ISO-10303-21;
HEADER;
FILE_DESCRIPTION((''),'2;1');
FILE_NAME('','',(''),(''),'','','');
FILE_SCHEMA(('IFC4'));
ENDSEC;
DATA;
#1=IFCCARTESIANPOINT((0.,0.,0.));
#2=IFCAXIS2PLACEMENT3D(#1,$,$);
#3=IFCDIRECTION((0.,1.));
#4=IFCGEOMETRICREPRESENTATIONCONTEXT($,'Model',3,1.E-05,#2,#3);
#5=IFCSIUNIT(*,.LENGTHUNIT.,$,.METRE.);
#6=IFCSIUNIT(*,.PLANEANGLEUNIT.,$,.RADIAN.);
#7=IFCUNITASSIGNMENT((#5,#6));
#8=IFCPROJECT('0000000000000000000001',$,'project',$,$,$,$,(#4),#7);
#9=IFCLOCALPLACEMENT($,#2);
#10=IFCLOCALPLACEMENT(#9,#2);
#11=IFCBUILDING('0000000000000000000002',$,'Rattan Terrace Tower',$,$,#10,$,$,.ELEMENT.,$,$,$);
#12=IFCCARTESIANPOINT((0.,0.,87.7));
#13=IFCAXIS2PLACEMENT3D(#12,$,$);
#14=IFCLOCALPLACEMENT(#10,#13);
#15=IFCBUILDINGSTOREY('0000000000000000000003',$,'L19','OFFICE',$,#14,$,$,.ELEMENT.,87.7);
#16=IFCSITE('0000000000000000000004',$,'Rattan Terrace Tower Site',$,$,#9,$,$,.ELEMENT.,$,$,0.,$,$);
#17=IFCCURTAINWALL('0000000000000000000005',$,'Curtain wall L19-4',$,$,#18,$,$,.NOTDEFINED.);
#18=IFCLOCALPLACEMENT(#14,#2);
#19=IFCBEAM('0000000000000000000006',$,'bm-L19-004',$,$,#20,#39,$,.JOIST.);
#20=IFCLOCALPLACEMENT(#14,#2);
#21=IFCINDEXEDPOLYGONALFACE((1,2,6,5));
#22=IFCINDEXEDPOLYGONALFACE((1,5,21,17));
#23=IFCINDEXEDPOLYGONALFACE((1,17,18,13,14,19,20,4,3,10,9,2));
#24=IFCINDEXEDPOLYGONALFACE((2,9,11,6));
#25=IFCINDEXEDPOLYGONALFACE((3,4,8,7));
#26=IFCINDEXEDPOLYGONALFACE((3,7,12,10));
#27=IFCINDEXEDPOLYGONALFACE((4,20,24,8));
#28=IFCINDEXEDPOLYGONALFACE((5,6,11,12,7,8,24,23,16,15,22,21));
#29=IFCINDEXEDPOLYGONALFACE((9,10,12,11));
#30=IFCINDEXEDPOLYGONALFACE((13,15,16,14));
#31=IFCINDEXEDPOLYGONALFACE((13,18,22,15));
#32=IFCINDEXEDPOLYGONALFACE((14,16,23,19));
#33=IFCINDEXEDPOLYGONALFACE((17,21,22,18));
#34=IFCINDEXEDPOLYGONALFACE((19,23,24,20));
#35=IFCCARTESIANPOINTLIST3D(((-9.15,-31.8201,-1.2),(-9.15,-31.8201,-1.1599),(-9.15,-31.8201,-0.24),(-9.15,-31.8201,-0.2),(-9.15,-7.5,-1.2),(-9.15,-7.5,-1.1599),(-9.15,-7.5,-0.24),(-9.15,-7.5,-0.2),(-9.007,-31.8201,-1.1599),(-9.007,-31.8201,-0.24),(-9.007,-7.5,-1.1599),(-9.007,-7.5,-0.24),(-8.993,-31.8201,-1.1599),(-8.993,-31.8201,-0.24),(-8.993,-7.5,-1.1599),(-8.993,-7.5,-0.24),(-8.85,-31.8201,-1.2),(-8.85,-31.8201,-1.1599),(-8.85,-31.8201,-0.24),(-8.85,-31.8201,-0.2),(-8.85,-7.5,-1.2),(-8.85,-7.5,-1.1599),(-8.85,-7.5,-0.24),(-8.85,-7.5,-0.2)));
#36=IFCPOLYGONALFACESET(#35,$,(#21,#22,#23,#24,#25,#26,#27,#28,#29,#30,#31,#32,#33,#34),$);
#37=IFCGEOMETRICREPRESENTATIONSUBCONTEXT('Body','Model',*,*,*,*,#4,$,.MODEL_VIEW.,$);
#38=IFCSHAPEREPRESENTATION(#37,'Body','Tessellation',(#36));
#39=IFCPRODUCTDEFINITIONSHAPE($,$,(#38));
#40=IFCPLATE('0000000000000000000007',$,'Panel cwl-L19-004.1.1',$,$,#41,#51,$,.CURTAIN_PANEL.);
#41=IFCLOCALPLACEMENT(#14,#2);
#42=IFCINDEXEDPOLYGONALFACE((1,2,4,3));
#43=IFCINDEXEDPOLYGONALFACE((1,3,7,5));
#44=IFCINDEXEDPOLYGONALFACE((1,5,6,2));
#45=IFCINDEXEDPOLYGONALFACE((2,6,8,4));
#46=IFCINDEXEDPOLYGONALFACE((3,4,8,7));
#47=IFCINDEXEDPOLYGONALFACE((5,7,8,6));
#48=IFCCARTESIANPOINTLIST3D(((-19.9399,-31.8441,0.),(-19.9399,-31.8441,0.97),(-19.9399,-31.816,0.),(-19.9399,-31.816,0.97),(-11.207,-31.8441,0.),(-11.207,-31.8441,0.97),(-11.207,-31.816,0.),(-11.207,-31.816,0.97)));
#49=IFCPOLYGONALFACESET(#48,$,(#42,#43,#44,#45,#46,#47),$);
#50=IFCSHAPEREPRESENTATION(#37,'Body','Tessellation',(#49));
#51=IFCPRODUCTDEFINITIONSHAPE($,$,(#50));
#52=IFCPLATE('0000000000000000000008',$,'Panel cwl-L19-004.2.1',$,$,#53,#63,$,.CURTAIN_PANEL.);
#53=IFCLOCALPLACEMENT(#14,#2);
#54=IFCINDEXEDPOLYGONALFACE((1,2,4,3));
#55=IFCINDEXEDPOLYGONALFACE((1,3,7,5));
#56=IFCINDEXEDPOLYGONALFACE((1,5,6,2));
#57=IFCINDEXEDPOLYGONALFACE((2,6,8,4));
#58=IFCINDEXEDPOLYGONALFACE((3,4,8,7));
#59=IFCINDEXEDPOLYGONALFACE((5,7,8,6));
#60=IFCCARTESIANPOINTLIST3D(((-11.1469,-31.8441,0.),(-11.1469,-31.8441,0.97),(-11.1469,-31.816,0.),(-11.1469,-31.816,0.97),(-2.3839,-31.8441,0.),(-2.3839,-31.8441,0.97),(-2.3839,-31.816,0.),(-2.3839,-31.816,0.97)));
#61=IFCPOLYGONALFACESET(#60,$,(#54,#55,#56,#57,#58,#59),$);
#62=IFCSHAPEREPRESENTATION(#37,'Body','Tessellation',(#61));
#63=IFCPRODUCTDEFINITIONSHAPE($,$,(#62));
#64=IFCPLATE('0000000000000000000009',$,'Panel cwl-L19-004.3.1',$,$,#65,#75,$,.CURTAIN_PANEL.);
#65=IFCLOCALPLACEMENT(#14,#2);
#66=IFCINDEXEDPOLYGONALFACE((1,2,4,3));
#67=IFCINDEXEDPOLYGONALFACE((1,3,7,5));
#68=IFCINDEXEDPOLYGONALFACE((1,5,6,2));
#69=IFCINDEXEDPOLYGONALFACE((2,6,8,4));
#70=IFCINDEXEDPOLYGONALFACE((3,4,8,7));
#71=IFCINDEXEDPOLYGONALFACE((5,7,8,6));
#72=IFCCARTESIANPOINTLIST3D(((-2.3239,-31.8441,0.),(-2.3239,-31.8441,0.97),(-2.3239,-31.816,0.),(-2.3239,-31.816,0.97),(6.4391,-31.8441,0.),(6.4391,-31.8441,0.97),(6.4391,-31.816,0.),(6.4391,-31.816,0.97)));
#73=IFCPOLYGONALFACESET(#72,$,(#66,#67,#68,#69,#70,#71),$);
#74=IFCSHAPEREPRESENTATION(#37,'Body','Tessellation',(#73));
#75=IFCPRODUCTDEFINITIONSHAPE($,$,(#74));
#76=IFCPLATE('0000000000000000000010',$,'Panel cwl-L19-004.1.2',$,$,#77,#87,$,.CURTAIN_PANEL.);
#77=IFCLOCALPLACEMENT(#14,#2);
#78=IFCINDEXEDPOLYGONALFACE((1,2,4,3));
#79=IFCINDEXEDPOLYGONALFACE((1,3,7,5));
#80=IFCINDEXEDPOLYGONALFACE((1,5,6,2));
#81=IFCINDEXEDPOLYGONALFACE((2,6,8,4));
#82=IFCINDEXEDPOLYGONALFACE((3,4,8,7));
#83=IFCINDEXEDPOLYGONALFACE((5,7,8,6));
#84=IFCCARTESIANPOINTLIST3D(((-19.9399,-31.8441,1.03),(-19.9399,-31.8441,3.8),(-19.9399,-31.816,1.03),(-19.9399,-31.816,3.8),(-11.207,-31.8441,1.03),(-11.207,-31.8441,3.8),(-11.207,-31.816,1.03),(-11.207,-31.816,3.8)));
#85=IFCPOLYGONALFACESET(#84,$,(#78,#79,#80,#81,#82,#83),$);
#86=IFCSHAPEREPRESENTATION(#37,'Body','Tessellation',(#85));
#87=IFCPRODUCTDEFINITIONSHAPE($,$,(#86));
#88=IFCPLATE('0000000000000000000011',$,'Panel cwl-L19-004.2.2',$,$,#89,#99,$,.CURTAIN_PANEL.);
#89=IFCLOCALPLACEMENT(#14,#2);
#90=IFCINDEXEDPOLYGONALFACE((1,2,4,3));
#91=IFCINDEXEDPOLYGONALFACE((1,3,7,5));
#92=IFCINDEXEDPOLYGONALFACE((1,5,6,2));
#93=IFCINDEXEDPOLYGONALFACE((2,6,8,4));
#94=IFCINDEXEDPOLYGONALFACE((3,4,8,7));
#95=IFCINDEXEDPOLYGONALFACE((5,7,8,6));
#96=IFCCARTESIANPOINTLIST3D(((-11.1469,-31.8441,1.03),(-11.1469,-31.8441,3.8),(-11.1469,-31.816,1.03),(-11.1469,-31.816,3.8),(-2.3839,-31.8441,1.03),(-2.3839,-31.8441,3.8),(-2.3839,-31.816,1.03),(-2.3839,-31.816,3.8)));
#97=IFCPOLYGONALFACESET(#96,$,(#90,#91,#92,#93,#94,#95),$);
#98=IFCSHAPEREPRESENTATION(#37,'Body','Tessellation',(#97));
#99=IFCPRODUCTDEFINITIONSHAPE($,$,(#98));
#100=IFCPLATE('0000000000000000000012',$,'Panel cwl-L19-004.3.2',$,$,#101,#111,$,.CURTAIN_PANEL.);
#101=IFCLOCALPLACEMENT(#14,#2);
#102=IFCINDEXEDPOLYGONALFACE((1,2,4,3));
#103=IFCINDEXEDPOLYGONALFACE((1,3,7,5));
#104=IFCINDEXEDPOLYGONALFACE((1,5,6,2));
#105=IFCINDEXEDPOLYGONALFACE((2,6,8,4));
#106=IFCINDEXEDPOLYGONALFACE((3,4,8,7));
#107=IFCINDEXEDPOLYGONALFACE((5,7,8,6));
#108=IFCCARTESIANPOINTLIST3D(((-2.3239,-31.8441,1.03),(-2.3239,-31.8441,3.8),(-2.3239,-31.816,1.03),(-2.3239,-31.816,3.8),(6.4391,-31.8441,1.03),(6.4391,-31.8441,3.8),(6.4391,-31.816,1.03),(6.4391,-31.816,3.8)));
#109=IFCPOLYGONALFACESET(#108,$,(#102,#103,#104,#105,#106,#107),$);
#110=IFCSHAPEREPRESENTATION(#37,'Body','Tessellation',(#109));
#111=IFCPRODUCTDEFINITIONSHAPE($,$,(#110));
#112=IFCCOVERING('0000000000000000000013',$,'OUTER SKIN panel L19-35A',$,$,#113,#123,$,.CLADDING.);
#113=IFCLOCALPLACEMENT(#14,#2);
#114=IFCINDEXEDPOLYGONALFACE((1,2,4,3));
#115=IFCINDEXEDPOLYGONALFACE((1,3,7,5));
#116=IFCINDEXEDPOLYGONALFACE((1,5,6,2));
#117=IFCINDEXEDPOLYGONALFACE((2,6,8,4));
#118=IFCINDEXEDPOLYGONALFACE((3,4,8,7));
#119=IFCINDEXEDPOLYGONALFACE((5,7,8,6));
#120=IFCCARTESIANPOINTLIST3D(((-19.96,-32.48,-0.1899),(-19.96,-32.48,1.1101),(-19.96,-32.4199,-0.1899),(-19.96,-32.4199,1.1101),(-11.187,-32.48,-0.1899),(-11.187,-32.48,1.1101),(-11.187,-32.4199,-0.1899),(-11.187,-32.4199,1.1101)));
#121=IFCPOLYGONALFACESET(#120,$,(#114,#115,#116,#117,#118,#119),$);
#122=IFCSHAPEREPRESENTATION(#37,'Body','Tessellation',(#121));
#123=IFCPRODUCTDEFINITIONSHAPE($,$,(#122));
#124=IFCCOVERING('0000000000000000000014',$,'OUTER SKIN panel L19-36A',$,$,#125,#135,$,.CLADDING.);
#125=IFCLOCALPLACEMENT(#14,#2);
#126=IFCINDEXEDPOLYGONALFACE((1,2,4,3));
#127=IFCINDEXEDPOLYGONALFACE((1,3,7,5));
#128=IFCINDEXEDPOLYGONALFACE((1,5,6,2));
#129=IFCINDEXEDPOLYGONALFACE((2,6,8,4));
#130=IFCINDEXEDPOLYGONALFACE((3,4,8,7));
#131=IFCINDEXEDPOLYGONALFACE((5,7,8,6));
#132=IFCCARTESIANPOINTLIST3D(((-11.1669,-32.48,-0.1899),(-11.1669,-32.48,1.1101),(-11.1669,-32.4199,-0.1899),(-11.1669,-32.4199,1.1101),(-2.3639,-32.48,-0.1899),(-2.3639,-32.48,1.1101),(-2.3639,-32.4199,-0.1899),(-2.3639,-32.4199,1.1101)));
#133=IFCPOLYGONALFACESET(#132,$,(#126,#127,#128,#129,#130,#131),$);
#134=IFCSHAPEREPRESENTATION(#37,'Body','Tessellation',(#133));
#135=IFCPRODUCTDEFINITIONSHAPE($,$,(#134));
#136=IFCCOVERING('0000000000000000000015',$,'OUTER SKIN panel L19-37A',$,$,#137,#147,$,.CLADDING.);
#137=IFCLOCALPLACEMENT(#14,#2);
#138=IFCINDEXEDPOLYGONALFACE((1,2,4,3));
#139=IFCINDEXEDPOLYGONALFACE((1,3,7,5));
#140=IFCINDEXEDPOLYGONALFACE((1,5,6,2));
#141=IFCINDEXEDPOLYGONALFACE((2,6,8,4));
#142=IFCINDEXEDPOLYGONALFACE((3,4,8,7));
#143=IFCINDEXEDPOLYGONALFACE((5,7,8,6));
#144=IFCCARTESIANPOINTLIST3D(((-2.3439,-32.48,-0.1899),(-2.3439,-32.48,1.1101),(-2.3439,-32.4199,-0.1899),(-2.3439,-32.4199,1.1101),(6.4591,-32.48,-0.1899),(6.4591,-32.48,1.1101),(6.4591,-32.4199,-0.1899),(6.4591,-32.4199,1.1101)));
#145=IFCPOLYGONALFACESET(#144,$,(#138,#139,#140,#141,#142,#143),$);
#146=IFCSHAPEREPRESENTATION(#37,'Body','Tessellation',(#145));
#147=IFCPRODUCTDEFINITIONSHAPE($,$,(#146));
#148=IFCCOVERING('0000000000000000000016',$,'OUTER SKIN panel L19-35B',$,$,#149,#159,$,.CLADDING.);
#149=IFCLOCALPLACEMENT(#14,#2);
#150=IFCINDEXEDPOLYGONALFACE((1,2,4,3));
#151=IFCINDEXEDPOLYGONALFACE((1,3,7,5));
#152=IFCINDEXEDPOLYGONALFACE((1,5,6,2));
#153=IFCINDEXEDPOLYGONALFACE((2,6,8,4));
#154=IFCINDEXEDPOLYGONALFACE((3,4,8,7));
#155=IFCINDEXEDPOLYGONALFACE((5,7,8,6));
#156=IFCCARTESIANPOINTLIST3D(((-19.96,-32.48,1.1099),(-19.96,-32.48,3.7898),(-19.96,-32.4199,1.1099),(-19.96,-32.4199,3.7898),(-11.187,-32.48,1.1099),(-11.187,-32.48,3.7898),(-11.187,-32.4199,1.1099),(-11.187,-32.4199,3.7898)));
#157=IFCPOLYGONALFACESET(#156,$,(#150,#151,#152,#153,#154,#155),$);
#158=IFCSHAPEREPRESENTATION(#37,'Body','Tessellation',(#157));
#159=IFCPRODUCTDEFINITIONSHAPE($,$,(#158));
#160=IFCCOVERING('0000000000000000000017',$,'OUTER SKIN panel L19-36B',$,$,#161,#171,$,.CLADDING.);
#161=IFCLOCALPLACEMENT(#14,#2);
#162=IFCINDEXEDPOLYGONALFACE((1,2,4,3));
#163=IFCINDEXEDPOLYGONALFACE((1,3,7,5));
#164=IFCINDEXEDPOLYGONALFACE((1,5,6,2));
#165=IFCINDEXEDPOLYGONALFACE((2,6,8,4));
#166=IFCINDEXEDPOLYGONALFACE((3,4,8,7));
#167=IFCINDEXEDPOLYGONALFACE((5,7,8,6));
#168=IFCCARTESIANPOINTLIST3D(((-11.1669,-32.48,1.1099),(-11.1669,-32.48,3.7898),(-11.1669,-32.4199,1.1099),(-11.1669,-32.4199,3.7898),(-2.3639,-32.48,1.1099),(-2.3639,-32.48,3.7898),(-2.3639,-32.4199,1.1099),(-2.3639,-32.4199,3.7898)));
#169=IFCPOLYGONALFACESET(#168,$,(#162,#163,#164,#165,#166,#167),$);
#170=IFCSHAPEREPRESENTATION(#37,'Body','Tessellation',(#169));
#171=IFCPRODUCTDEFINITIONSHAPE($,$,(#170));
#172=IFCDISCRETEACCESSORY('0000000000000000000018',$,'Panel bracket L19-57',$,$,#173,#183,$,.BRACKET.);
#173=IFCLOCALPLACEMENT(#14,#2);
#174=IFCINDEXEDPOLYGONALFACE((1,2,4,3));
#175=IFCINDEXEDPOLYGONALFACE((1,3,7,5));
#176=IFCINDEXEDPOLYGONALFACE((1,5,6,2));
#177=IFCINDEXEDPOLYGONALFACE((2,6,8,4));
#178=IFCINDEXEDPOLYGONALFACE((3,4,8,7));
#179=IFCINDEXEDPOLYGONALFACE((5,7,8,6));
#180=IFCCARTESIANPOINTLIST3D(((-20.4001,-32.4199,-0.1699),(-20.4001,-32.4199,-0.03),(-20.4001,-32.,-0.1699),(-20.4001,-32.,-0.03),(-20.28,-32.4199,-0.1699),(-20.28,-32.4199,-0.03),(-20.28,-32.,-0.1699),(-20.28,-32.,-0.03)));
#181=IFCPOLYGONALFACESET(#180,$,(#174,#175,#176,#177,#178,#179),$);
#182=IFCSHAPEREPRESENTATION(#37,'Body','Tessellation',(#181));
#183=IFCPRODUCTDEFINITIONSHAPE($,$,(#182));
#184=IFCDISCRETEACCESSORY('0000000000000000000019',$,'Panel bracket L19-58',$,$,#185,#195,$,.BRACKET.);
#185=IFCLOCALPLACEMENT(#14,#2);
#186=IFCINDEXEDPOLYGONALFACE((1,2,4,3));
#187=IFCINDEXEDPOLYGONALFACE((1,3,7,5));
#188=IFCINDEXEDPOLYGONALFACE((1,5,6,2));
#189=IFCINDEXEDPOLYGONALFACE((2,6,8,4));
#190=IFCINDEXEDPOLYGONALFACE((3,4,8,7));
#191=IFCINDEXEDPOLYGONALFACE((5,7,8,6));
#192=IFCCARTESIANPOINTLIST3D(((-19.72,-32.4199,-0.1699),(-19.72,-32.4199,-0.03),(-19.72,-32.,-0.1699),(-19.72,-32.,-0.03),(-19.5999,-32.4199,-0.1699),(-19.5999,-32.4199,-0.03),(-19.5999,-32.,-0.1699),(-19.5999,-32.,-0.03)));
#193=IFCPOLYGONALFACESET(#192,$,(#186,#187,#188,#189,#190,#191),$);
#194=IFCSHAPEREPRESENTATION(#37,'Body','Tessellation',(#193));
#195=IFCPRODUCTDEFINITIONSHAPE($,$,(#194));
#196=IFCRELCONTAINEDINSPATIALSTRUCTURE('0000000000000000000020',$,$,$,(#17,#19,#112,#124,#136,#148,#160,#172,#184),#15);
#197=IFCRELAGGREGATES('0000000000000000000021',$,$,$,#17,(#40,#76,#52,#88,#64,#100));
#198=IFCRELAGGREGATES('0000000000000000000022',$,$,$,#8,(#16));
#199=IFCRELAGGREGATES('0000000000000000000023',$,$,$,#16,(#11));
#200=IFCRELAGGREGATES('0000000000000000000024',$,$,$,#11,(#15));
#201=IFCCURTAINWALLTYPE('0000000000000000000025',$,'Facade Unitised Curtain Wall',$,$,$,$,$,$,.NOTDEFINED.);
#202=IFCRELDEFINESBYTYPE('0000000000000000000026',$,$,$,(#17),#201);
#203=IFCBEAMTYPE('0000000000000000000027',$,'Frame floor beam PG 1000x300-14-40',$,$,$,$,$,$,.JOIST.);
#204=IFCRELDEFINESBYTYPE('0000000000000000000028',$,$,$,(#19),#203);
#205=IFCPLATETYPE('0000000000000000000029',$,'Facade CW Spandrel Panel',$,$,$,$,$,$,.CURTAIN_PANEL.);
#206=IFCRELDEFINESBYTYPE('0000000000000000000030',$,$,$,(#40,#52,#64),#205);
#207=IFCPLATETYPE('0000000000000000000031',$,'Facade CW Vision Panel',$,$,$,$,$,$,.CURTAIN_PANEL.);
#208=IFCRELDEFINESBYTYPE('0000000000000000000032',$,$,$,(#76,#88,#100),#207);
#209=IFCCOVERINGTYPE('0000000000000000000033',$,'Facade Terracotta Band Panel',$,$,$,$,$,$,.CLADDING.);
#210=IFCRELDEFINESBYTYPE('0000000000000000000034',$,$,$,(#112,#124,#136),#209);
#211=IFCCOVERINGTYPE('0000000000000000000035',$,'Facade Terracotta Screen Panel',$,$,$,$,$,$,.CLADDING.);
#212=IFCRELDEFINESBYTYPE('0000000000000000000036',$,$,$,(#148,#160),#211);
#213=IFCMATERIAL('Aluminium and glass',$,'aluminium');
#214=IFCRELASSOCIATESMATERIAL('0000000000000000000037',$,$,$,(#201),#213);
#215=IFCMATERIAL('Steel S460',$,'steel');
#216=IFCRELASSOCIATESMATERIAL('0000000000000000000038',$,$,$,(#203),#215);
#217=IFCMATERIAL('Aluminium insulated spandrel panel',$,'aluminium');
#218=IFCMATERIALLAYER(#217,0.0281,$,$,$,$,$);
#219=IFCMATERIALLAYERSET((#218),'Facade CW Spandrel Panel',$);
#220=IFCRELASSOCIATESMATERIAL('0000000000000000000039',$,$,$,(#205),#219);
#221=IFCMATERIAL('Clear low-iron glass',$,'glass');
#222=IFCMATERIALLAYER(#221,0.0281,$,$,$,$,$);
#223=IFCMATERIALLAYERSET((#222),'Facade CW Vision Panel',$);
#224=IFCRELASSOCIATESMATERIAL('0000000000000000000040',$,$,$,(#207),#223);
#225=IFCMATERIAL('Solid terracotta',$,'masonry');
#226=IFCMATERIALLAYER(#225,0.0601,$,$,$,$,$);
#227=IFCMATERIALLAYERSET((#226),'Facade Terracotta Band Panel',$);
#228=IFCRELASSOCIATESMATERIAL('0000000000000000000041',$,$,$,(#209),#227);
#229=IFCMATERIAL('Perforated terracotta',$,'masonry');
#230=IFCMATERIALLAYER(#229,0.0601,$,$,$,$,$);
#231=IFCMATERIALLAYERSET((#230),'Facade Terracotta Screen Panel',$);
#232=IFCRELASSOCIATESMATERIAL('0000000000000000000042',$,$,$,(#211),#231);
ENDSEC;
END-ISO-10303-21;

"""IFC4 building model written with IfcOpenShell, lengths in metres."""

from ifc_helpers import new_model, si_unit, direction, frame, origin, origin_2d, place, context, subcontext, project, spatial, rectangle, i_section, extrude, material, layer, layer_set, material_profile, profile_set, type_object, element, aggregate, save


model = new_model("IFC4")

# Units and contexts
model_context = context("Model", 3, precision=1e-05, world=origin(), true_north=direction((0.0, 1.0)))
body_context = subcontext(model_context, "Body", "Model", "MODEL_VIEW")
ifc_project = project(units=[si_unit("LENGTHUNIT", "METRE"), si_unit("PLANEANGLEUNIT", "RADIAN")], contexts=[model_context])

# Site, building, storey
site_placement = place(None, origin())
site = spatial("IfcSite", under=ifc_project, at=site_placement, Name="Rattan Terrace Tower Site", CompositionType="ELEMENT", RefElevation=0.0)
building_placement = place(site_placement, origin())
building = spatial("IfcBuilding", under=site, at=building_placement, Name="Rattan Terrace Tower", CompositionType="ELEMENT")
storey_placement = place(building_placement, frame((0.0, 0.0, 87.7)))
storey = spatial("IfcBuildingStorey", under=building, at=storey_placement, Name="L19", Description="OFFICE", CompositionType="ELEMENT", Elevation=87.7)

# Curtain wall
ifc_material_1 = material(Name="Aluminium and glass", Category="aluminium")
curtain_wall_type = type_object("IfcCurtainWallType", Name="Facade Unitised Curtain Wall", PredefinedType="NOTDEFINED", material=ifc_material_1)
curtain_wall_placement = place(storey_placement, origin())
curtain_wall = element("IfcCurtainWall", 1, at=curtain_wall_placement, inside=storey, type_object=curtain_wall_type, Name="Curtain wall L19-4", PredefinedType="NOTDEFINED")

# Beam
ifc_material_2 = material(Name="Steel S460", Category="steel")
ifc_material_profile_1 = material_profile(ifc_material_2, i_section(OverallWidth=0.3, OverallDepth=1.0, WebThickness=0.0139, FlangeThickness=0.04, at=origin_2d()), Name="PG 1000x300-14-40")
ifc_profile_set_1 = profile_set([ifc_material_profile_1], Name="Steel S460")
beam_type_1 = type_object("IfcBeamType", Name="Frame floor beam PG 1000x300-14-40", PredefinedType="JOIST", material=ifc_profile_set_1)
for number, where, z_axis, x_axis, name in (
    (2, (-9.0, -31.8201, -0.7), (0.0, 1.0, 0.0), (-1.0, 0.0, 0.0), "bm-L19-004"),
):
    element("IfcBeam", number, at=place(storey_placement, frame(where, z_axis=z_axis, x_axis=x_axis)), inside=storey, type_object=beam_type_1, Name=name, PredefinedType="JOIST", context=body_context, shape_type="SweptSolid", body=[
        extrude(i_section(OverallWidth=0.3, OverallDepth=1.0, WebThickness=0.0139, FlangeThickness=0.04, at=origin_2d()), origin(), (0.0, 0.0, 1.0), 24.3201),
    ])

# Plates
ifc_material_3 = material(Name="Aluminium insulated spandrel panel", Category="aluminium")
ifc_layer_1 = layer(ifc_material_3, 0.0281)
ifc_layer_set_1 = layer_set([ifc_layer_1], Name="Facade CW Spandrel Panel")
plate_type_1 = type_object("IfcPlateType", Name="Facade CW Spandrel Panel", PredefinedType="CURTAIN_PANEL", material=ifc_layer_set_1)
plate_1_placement = place(storey_placement, frame((-15.5735, -31.8301, 0.0), z_axis=(0.0, 0.0, 1.0), x_axis=(1.0, 0.0, 0.0)))
plate_1 = element("IfcPlate", 3, at=plate_1_placement, type_object=plate_type_1, Name="Panel cwl-L19-004.1.1", PredefinedType="CURTAIN_PANEL", context=body_context, shape_type="SweptSolid", body=[
    extrude(rectangle(XDim=8.7329, YDim=0.0281, at=origin_2d()), origin(), (0.0, 0.0, 1.0), 0.97),
])
plate_2_placement = place(storey_placement, frame((-6.7654, -31.8301, 0.0), z_axis=(0.0, 0.0, 1.0), x_axis=(1.0, 0.0, 0.0)))
plate_2 = element("IfcPlate", 4, at=plate_2_placement, type_object=plate_type_1, Name="Panel cwl-L19-004.2.1", PredefinedType="CURTAIN_PANEL", context=body_context, shape_type="SweptSolid", body=[
    extrude(rectangle(XDim=8.7629, YDim=0.0281, at=origin_2d()), origin(), (0.0, 0.0, 1.0), 0.97),
])
plate_3_placement = place(storey_placement, frame((2.0576, -31.8301, 0.0), z_axis=(0.0, 0.0, 1.0), x_axis=(1.0, 0.0, 0.0)))
plate_3 = element("IfcPlate", 5, at=plate_3_placement, type_object=plate_type_1, Name="Panel cwl-L19-004.3.1", PredefinedType="CURTAIN_PANEL", context=body_context, shape_type="SweptSolid", body=[
    extrude(rectangle(XDim=8.7629, YDim=0.0281, at=origin_2d()), origin(), (0.0, 0.0, 1.0), 0.97),
])
ifc_material_4 = material(Name="Clear low-iron glass", Category="glass")
ifc_layer_2 = layer(ifc_material_4, 0.0281)
ifc_layer_set_2 = layer_set([ifc_layer_2], Name="Facade CW Vision Panel")
plate_type_2 = type_object("IfcPlateType", Name="Facade CW Vision Panel", PredefinedType="CURTAIN_PANEL", material=ifc_layer_set_2)
plate_4_placement = place(storey_placement, frame((-15.5735, -31.8301, 1.03), z_axis=(0.0, 0.0, 1.0), x_axis=(1.0, 0.0, 0.0)))
plate_4 = element("IfcPlate", 6, at=plate_4_placement, type_object=plate_type_2, Name="Panel cwl-L19-004.1.2", PredefinedType="CURTAIN_PANEL", context=body_context, shape_type="SweptSolid", body=[
    extrude(rectangle(XDim=8.7329, YDim=0.0281, at=origin_2d()), origin(), (0.0, 0.0, 1.0), 2.77),
])
plate_5_placement = place(storey_placement, frame((-6.7654, -31.8301, 1.03), z_axis=(0.0, 0.0, 1.0), x_axis=(1.0, 0.0, 0.0)))
plate_5 = element("IfcPlate", 7, at=plate_5_placement, type_object=plate_type_2, Name="Panel cwl-L19-004.2.2", PredefinedType="CURTAIN_PANEL", context=body_context, shape_type="SweptSolid", body=[
    extrude(rectangle(XDim=8.7629, YDim=0.0281, at=origin_2d()), origin(), (0.0, 0.0, 1.0), 2.77),
])
plate_6_placement = place(storey_placement, frame((2.0576, -31.8301, 1.03), z_axis=(0.0, 0.0, 1.0), x_axis=(1.0, 0.0, 0.0)))
plate_6 = element("IfcPlate", 8, at=plate_6_placement, type_object=plate_type_2, Name="Panel cwl-L19-004.3.2", PredefinedType="CURTAIN_PANEL", context=body_context, shape_type="SweptSolid", body=[
    extrude(rectangle(XDim=8.7629, YDim=0.0281, at=origin_2d()), origin(), (0.0, 0.0, 1.0), 2.77),
])
aggregate(curtain_wall, [plate_1, plate_4, plate_2, plate_5, plate_3, plate_6])

# Coverings
ifc_material_5 = material(Name="Solid terracotta", Category="masonry")
ifc_layer_3 = layer(ifc_material_5, 0.0601)
ifc_layer_set_3 = layer_set([ifc_layer_3], Name="Facade Terracotta Band Panel")
covering_type_1 = type_object("IfcCoveringType", Name="Facade Terracotta Band Panel", PredefinedType="CLADDING", material=ifc_layer_set_3)
covering_1_placement = place(storey_placement, frame((-15.5735, -32.45, -0.1899), z_axis=(0.0, 0.0, 1.0), x_axis=(1.0, 0.0, 0.0)))
element("IfcCovering", 9, at=covering_1_placement, inside=storey, type_object=covering_type_1, Name="OUTER SKIN panel L19-35A", PredefinedType="CLADDING", context=body_context, shape_type="SweptSolid", body=[
    extrude(rectangle(XDim=8.7729, YDim=0.0601, at=origin_2d()), origin(), (0.0, 0.0, 1.0), 1.3),
])
for number, where, z_axis, x_axis, name in (
    (10, (-6.7654, -32.45, -0.1899), (0.0, 0.0, 1.0), (1.0, 0.0, 0.0), "OUTER SKIN panel L19-36A"),
    (11, (2.0576, -32.45, -0.1899), (0.0, 0.0, 1.0), (1.0, 0.0, 0.0), "OUTER SKIN panel L19-37A"),
):
    element("IfcCovering", number, at=place(storey_placement, frame(where, z_axis=z_axis, x_axis=x_axis)), inside=storey, type_object=covering_type_1, Name=name, PredefinedType="CLADDING", context=body_context, shape_type="SweptSolid", body=[
        extrude(rectangle(XDim=8.803, YDim=0.0601, at=origin_2d()), origin(), (0.0, 0.0, 1.0), 1.3),
    ])
ifc_material_6 = material(Name="Perforated terracotta", Category="masonry")
ifc_layer_4 = layer(ifc_material_6, 0.0601)
ifc_layer_set_4 = layer_set([ifc_layer_4], Name="Facade Terracotta Screen Panel")
covering_type_2 = type_object("IfcCoveringType", Name="Facade Terracotta Screen Panel", PredefinedType="CLADDING", material=ifc_layer_set_4)
covering_2_placement = place(storey_placement, frame((-15.5735, -32.45, 1.1099), z_axis=(0.0, 0.0, 1.0), x_axis=(1.0, 0.0, 0.0)))
element("IfcCovering", 12, at=covering_2_placement, inside=storey, type_object=covering_type_2, Name="OUTER SKIN panel L19-35B", PredefinedType="CLADDING", context=body_context, shape_type="SweptSolid", body=[
    extrude(rectangle(XDim=8.7729, YDim=0.0601, at=origin_2d()), origin(), (0.0, 0.0, 1.0), 2.6799),
])
covering_3_placement = place(storey_placement, frame((-6.7654, -32.45, 1.1099), z_axis=(0.0, 0.0, 1.0), x_axis=(1.0, 0.0, 0.0)))
element("IfcCovering", 13, at=covering_3_placement, inside=storey, type_object=covering_type_2, Name="OUTER SKIN panel L19-36B", PredefinedType="CLADDING", context=body_context, shape_type="SweptSolid", body=[
    extrude(rectangle(XDim=8.803, YDim=0.0601, at=origin_2d()), origin(), (0.0, 0.0, 1.0), 2.6799),
])

# Discrete accessories
for number, where, z_axis, x_axis, name in (
    (14, (-20.3401, -32.21, -0.1699), (0.0, 0.0, 1.0), (1.0, 0.0, 0.0), "Panel bracket L19-57"),
    (15, (-19.6599, -32.21, -0.1699), (0.0, 0.0, 1.0), (1.0, 0.0, 0.0), "Panel bracket L19-58"),
):
    element("IfcDiscreteAccessory", number, at=place(storey_placement, frame(where, z_axis=z_axis, x_axis=x_axis)), inside=storey, Name=name, PredefinedType="BRACKET", context=body_context, shape_type="SweptSolid", body=[
        extrude(rectangle(XDim=0.1201, YDim=0.4199, at=origin_2d()), origin(), (0.0, 0.0, 1.0), 0.1399),
    ])

save(model, "model.ifc")
